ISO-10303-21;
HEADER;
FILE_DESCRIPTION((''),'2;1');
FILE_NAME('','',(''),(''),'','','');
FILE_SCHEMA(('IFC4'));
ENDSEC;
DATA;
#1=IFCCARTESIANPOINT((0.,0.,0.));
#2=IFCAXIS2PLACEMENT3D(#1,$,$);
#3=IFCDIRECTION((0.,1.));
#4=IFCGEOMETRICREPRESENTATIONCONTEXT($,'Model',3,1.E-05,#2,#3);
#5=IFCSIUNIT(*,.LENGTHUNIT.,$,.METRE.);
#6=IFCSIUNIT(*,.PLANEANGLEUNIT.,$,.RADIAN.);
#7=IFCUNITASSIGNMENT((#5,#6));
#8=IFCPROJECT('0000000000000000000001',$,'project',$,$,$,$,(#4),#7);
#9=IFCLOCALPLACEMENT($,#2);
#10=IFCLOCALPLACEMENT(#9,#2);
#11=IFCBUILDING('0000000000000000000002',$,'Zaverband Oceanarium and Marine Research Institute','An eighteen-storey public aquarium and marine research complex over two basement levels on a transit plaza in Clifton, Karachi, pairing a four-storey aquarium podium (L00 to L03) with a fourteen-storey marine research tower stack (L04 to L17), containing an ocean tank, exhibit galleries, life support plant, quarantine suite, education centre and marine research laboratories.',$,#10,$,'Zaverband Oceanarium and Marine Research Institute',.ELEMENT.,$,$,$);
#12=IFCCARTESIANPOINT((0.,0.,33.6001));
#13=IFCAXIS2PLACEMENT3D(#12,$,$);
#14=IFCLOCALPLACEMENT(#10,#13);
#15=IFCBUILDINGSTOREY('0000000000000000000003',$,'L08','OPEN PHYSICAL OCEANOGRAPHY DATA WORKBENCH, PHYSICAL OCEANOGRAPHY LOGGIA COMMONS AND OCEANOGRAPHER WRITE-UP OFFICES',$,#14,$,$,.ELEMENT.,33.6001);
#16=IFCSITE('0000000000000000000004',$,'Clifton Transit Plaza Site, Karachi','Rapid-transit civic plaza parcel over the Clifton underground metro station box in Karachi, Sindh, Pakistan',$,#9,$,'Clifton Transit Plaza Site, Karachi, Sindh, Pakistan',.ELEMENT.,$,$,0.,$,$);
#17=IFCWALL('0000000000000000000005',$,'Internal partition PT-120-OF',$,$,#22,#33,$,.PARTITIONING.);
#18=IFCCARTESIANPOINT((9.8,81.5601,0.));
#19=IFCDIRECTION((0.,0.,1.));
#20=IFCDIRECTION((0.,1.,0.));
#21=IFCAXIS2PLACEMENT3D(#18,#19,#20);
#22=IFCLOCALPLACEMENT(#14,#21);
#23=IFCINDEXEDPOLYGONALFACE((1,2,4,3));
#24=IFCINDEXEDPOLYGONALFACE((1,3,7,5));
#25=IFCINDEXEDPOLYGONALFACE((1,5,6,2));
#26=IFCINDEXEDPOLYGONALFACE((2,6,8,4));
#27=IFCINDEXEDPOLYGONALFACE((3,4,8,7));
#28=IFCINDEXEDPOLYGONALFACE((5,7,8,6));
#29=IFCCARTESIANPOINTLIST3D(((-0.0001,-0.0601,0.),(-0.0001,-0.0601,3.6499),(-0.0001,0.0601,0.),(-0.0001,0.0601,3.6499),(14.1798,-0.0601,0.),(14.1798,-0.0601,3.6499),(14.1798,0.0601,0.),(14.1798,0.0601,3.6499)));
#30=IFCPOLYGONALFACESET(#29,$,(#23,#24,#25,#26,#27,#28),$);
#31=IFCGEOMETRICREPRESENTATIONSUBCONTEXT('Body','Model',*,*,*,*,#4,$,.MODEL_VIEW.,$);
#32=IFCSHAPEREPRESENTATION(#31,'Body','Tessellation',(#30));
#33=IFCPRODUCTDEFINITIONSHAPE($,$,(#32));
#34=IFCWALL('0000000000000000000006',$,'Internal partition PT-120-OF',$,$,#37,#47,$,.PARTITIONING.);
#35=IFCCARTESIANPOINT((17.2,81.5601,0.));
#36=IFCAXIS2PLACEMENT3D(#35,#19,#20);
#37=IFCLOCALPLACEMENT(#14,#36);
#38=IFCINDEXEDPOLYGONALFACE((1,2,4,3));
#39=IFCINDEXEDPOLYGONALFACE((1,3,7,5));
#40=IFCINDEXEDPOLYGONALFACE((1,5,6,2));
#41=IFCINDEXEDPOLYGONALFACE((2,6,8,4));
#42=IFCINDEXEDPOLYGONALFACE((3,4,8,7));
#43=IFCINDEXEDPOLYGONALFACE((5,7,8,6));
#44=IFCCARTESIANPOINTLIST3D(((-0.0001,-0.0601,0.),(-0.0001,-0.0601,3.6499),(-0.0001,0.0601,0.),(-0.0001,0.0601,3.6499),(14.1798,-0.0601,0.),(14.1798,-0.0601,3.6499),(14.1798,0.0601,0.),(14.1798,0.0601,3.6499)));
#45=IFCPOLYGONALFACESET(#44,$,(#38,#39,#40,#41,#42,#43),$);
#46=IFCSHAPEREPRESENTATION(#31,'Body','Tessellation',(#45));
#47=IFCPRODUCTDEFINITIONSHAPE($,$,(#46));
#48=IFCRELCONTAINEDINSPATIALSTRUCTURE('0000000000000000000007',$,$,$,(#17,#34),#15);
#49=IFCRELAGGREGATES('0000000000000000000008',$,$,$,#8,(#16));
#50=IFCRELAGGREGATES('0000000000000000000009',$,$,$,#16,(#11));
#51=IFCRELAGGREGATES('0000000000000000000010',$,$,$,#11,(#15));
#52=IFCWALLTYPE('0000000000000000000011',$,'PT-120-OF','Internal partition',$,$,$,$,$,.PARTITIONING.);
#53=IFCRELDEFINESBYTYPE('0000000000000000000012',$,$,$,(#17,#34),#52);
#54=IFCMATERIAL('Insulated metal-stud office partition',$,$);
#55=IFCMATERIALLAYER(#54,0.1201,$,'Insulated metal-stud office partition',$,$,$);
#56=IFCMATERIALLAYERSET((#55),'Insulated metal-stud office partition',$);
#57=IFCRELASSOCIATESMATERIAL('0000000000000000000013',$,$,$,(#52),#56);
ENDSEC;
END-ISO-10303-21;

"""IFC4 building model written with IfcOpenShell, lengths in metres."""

from ifc_helpers import new_model, si_unit, direction, frame, frame_2d, origin, place, context, subcontext, project, spatial, rectangle, extrude, material, layer, layer_set, type_object, element, save


model = new_model("IFC4")

# Units and contexts
model_context = context("Model", 3, precision=1e-05, world=origin(), true_north=direction((0.0, 1.0)))
body_context = subcontext(model_context, "Body", "Model", "MODEL_VIEW")
ifc_project = project(units=[si_unit("LENGTHUNIT", "METRE"), si_unit("PLANEANGLEUNIT", "RADIAN")], contexts=[model_context])

# Site, building, storey
site_placement = place(None, origin())
site = spatial("IfcSite", under=ifc_project, at=site_placement, Name="Clifton Transit Plaza Site, Karachi", Description="Rapid-transit civic plaza parcel over the Clifton underground metro station box in Karachi, Sindh, Pakistan", LongName="Clifton Transit Plaza Site, Karachi, Sindh, Pakistan", CompositionType="ELEMENT", RefElevation=0.0)
building_placement = place(site_placement, origin())
building = spatial("IfcBuilding", under=site, at=building_placement, Name="Zaverband Oceanarium and Marine Research Institute", Description="An eighteen-storey public aquarium and marine research complex over two basement levels on a transit plaza in Clifton, Karachi, pairing a four-storey aquarium podium (L00 to L03) with a fourteen-storey marine research tower stack (L04 to L17), containing an ocean tank, exhibit galleries, life support plant, quarantine suite, education centre and marine research laboratories.", LongName="Zaverband Oceanarium and Marine Research Institute", CompositionType="ELEMENT")
storey_placement = place(building_placement, frame((0.0, 0.0, 33.6001)))
storey = spatial("IfcBuildingStorey", under=building, at=storey_placement, Name="L08", Description="OPEN PHYSICAL OCEANOGRAPHY DATA WORKBENCH, PHYSICAL OCEANOGRAPHY LOGGIA COMMONS AND OCEANOGRAPHER WRITE-UP OFFICES", CompositionType="ELEMENT", Elevation=33.6001)

# Walls
ifc_material_1 = material(Name="Insulated metal-stud office partition")
ifc_layer_1 = layer(ifc_material_1, 0.1201, Name="Insulated metal-stud office partition")
ifc_layer_set_1 = layer_set([ifc_layer_1], Name="Insulated metal-stud office partition")
wall_type_1 = type_object("IfcWallType", Name="PT-120-OF", Description="Internal partition", PredefinedType="PARTITIONING", material=ifc_layer_set_1)
for number, where, z_axis, x_axis, name in (
    (1, (9.8, 81.5601, 0.0), (0.0, 0.0, 1.0), (0.0, 1.0, 0.0), "Internal partition PT-120-OF"),
    (2, (17.2, 81.5601, 0.0), (0.0, 0.0, 1.0), (0.0, 1.0, 0.0), "Internal partition PT-120-OF"),
):
    element("IfcWall", number, at=place(storey_placement, frame(where, z_axis=z_axis, x_axis=x_axis)), inside=storey, type_object=wall_type_1, Name=name, PredefinedType="PARTITIONING", context=body_context, shape_type="SweptSolid", body=[
        extrude(rectangle(XDim=14.1799, YDim=0.1201, at=frame_2d((7.0898, 0.0))), origin(), (0.0, 0.0, 1.0), 3.6499),
    ])

save(model, "model.ifc")
